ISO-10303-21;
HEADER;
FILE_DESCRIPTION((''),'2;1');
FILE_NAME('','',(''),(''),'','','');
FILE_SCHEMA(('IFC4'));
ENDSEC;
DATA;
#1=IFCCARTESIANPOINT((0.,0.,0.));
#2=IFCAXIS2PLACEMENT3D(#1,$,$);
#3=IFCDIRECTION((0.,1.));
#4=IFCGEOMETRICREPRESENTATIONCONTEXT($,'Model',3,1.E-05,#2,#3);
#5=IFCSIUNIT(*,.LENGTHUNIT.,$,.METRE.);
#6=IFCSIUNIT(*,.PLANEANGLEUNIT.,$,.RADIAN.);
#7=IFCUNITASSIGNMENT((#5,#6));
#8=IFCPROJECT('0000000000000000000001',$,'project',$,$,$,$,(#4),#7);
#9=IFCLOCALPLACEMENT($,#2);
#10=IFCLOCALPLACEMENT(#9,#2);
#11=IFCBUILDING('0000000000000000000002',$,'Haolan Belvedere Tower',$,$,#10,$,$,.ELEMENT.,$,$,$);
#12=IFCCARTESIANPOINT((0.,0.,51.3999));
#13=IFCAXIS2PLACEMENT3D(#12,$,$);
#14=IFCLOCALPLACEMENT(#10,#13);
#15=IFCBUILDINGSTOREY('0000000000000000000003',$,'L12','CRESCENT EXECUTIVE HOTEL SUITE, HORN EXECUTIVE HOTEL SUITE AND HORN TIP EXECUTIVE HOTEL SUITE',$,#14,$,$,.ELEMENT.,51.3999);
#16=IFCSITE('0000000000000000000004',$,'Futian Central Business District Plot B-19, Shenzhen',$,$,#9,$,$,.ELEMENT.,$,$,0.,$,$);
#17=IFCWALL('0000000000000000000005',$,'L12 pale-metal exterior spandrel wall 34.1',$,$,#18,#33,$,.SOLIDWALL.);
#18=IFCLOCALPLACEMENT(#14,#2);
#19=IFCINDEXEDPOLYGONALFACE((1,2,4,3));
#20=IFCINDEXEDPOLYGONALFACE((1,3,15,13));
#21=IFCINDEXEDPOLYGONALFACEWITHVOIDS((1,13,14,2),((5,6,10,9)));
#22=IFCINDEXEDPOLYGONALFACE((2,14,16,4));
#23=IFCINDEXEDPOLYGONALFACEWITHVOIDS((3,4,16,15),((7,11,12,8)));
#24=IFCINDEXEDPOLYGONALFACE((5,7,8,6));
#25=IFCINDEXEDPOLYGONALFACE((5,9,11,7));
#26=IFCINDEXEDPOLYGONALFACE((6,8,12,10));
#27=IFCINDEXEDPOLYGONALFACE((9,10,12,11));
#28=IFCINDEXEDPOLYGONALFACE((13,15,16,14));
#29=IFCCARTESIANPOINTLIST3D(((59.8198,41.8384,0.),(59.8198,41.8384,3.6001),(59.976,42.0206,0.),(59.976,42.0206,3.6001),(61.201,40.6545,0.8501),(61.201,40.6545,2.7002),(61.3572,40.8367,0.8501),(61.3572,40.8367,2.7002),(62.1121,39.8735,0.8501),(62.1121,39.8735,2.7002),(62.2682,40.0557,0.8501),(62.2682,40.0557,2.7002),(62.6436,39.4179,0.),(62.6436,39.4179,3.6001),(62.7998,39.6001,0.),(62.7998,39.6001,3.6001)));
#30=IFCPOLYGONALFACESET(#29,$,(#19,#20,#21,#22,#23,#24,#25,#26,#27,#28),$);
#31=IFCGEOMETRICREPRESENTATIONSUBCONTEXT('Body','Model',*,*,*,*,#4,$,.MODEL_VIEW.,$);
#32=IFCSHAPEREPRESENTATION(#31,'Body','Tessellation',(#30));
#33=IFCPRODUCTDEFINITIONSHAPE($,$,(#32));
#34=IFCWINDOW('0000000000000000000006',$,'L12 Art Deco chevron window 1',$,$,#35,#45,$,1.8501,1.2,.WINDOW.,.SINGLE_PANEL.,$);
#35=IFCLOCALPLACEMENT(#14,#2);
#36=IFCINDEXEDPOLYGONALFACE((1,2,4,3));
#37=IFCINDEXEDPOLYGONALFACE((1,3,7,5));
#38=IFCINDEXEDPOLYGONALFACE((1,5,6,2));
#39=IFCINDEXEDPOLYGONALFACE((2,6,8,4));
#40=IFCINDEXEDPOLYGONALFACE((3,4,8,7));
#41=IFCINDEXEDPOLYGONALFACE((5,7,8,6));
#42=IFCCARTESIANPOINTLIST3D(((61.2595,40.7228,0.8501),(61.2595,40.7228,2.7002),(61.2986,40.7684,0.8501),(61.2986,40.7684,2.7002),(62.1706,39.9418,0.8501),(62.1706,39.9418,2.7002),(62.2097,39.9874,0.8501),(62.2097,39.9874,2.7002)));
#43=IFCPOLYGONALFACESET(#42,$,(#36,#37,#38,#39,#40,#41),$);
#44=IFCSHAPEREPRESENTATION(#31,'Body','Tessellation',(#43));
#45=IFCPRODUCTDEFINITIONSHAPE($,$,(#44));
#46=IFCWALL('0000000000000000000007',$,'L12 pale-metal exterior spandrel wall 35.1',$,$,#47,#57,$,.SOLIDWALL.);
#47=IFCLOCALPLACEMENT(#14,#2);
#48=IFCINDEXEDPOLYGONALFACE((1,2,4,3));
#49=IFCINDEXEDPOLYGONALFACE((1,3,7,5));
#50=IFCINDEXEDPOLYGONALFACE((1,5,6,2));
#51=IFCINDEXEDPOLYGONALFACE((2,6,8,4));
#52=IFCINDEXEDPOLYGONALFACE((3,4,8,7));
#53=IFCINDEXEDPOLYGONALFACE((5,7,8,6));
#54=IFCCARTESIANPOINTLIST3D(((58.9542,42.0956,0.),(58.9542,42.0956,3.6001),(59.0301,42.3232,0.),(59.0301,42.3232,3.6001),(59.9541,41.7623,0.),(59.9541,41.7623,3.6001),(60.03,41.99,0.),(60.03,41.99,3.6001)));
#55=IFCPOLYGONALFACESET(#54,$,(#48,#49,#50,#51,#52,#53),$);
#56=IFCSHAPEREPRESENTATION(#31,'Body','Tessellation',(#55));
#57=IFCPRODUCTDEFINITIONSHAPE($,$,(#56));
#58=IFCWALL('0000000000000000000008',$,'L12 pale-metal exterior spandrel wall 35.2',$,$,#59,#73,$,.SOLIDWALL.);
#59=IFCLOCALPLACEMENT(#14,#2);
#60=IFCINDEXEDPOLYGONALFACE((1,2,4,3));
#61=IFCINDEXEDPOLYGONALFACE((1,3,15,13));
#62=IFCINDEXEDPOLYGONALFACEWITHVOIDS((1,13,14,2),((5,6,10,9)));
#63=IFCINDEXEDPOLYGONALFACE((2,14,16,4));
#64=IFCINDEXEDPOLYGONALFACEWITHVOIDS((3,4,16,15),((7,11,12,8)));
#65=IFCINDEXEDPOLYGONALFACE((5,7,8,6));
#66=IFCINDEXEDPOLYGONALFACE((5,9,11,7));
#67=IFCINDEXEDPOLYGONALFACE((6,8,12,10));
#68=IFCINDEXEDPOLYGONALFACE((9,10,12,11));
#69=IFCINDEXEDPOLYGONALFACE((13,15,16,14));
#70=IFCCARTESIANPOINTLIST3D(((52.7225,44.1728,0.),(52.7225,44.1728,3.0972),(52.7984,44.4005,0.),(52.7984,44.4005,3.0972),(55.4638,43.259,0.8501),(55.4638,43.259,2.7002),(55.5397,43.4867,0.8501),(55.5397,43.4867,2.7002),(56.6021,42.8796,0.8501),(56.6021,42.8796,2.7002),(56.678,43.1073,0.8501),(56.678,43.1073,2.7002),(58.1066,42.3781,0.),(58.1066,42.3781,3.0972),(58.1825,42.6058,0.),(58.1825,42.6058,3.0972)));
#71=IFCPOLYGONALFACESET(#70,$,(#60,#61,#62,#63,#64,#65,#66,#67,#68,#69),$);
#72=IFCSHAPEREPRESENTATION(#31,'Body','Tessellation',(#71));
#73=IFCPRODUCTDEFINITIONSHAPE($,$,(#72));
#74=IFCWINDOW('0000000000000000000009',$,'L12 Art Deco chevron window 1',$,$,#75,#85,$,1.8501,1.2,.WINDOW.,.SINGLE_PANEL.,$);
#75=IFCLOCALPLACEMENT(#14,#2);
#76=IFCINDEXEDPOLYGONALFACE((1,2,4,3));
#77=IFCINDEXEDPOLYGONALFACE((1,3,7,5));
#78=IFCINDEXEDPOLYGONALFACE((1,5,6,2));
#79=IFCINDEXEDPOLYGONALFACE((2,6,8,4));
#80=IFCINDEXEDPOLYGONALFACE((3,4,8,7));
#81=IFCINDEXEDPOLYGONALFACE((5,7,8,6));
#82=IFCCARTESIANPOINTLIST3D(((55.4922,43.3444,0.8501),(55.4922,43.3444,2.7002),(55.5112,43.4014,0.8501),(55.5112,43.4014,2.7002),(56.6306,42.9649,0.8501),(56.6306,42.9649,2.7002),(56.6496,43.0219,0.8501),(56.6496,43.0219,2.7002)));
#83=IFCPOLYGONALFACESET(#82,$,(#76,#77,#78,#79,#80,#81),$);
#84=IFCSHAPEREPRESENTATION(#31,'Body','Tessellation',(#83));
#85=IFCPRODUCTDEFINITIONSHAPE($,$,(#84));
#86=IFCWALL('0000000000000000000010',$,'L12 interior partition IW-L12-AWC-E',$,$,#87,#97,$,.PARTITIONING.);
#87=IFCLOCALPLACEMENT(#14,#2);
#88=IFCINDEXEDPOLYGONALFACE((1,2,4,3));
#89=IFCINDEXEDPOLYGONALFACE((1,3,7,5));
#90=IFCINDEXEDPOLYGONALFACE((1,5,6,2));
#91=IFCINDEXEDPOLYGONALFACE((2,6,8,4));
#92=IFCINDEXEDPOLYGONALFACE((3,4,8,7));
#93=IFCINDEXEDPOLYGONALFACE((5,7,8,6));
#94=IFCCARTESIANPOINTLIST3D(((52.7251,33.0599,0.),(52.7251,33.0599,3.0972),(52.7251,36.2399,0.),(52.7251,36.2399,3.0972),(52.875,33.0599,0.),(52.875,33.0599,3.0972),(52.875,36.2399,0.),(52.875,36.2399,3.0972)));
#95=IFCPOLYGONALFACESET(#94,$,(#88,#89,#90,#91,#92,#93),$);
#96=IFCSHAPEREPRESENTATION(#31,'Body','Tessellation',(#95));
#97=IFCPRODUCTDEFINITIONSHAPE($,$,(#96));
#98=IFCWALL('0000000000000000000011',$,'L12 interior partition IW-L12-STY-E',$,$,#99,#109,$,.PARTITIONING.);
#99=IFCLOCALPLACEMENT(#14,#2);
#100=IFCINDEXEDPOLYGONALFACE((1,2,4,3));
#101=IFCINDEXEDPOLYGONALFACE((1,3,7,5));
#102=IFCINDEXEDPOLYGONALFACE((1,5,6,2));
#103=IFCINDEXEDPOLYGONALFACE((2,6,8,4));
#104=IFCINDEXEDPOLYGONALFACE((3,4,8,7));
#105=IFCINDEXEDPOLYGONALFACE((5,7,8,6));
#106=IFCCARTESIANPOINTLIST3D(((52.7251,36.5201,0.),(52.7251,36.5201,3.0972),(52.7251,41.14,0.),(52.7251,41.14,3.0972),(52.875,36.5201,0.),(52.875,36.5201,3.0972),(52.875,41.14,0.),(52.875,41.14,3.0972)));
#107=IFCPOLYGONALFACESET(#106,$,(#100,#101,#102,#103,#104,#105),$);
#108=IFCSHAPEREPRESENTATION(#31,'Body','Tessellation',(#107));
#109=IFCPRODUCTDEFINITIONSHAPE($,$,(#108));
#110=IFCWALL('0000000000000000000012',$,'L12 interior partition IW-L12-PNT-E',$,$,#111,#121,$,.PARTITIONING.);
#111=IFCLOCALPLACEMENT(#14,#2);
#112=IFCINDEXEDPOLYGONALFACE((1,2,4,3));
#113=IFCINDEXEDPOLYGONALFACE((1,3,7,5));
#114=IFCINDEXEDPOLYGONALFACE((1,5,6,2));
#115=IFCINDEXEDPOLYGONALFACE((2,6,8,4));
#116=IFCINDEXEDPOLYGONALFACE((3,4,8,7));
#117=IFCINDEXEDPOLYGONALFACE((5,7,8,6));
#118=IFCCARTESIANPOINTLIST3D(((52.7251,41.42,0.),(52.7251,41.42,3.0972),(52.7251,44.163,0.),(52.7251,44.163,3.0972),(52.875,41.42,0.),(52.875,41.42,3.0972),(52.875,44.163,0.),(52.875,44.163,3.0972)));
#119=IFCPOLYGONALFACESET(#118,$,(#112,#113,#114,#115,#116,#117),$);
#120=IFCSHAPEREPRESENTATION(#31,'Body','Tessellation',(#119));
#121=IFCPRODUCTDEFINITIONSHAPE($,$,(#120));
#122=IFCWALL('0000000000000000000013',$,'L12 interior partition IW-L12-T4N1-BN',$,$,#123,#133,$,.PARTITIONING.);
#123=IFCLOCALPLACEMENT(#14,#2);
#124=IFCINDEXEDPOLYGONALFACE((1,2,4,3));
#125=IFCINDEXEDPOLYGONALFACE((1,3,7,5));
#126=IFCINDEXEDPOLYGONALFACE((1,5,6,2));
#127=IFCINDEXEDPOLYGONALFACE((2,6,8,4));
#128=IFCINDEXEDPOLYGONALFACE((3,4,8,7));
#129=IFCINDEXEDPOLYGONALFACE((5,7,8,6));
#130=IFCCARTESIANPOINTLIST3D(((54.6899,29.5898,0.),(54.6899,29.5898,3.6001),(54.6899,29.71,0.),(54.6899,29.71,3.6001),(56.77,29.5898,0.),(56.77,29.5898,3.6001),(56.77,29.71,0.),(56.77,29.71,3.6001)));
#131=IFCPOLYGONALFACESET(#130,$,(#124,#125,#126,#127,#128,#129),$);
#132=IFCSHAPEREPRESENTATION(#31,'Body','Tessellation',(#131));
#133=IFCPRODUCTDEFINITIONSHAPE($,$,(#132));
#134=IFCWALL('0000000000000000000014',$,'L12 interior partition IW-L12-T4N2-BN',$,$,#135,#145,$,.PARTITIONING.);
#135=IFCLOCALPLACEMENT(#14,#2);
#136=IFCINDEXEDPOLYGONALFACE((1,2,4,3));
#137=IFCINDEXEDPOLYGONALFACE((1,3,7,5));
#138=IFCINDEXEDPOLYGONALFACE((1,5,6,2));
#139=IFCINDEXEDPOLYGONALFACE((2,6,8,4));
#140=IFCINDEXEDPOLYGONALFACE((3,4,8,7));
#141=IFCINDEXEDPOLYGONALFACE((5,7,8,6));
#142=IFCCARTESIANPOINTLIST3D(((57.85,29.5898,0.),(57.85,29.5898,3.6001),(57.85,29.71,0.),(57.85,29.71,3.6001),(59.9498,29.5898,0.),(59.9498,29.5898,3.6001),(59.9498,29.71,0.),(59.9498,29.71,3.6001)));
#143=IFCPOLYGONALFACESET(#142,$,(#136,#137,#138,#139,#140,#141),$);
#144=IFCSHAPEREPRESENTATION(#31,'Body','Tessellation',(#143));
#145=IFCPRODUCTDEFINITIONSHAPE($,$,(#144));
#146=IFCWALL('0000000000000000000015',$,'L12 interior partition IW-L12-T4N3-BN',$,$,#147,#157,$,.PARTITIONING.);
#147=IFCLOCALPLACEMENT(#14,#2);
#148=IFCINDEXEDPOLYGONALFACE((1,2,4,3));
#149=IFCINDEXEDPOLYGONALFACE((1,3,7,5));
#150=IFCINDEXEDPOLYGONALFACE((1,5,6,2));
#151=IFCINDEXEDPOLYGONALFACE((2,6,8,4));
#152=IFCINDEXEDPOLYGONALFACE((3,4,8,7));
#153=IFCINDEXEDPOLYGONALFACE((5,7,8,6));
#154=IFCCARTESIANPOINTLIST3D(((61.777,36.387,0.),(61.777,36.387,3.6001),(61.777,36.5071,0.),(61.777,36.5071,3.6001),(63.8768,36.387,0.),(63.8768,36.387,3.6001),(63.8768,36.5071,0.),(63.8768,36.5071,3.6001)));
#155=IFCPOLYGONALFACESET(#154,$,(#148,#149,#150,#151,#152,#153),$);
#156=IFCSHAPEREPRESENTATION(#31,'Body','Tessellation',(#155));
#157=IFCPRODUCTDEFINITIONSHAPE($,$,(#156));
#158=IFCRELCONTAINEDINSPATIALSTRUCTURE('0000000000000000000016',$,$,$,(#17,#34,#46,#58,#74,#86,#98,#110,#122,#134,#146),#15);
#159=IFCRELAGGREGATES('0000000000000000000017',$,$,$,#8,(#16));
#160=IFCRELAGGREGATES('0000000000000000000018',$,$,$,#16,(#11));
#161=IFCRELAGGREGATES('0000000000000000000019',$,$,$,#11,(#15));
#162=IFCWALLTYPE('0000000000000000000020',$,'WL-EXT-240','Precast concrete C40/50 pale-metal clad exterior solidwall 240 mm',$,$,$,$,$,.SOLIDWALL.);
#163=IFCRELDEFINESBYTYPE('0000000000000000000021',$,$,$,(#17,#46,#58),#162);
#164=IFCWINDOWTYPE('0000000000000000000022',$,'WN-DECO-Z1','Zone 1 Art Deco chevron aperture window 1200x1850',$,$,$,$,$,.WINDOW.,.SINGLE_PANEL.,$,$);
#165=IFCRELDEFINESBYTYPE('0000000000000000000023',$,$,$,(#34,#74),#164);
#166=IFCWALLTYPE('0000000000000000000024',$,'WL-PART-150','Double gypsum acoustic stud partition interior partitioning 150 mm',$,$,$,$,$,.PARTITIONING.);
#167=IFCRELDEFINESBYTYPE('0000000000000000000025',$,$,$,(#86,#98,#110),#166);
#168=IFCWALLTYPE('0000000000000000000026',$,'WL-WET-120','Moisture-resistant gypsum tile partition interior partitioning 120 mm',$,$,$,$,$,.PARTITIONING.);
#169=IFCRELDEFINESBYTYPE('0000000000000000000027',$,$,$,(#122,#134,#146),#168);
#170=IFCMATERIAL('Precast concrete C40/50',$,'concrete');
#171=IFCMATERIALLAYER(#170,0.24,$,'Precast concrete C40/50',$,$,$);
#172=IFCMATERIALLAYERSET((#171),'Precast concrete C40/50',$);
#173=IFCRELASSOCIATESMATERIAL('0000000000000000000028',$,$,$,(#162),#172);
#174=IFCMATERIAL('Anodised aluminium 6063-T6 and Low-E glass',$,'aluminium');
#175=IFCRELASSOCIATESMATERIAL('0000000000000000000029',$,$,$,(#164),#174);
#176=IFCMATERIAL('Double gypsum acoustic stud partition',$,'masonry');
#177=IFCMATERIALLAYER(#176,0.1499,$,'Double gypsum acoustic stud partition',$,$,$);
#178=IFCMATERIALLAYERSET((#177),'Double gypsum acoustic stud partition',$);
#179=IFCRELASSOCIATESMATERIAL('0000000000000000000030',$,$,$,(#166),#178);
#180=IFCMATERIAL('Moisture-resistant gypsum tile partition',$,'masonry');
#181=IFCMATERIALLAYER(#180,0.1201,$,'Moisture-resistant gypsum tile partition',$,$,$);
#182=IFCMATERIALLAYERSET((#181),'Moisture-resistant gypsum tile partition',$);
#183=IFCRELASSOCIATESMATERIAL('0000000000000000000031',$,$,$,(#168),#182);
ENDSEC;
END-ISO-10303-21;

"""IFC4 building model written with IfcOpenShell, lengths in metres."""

from ifc_helpers import new_model, si_unit, direction, frame, frame_2d, origin, place, context, subcontext, project, spatial, rectangle, extrude, material, layer, layer_set, type_object, element, fill, save


model = new_model("IFC4")

# Units and contexts
model_context = context("Model", 3, precision=1e-05, world=origin(), true_north=direction((0.0, 1.0)))
body_context = subcontext(model_context, "Body", "Model", "MODEL_VIEW")
ifc_project = project(units=[si_unit("LENGTHUNIT", "METRE"), si_unit("PLANEANGLEUNIT", "RADIAN")], contexts=[model_context])

# Site, building, storey
site_placement = place(None, origin())
site = spatial("IfcSite", under=ifc_project, at=site_placement, Name="Futian Central Business District Plot B-19, Shenzhen", CompositionType="ELEMENT", RefElevation=0.0)
building_placement = place(site_placement, origin())
building = spatial("IfcBuilding", under=site, at=building_placement, Name="Haolan Belvedere Tower", CompositionType="ELEMENT")
storey_placement = place(building_placement, frame((0.0, 0.0, 51.3999)))
storey = spatial("IfcBuildingStorey", under=building, at=storey_placement, Name="L12", Description="CRESCENT EXECUTIVE HOTEL SUITE, HORN EXECUTIVE HOTEL SUITE AND HORN TIP EXECUTIVE HOTEL SUITE", CompositionType="ELEMENT", Elevation=51.3999)

# Shared definitions
ifc_material_1 = material(Name="Precast concrete C40/50", Category="concrete")
ifc_layer_1 = layer(ifc_material_1, 0.24, Name="Precast concrete C40/50")
ifc_layer_set_1 = layer_set([ifc_layer_1], Name="Precast concrete C40/50")
wall_type_1 = type_object("IfcWallType", Name="WL-EXT-240", Description="Precast concrete C40/50 pale-metal clad exterior solidwall 240 mm", PredefinedType="SOLIDWALL", material=ifc_layer_set_1)
ifc_material_2 = material(Name="Anodised aluminium 6063-T6 and Low-E glass", Category="aluminium")
window_type = type_object("IfcWindowType", Name="WN-DECO-Z1", Description="Zone 1 Art Deco chevron aperture window 1200x1850", PartitioningType="SINGLE_PANEL", PredefinedType="WINDOW", material=ifc_material_2)

# Wall, opening, window
wall_1_placement = place(storey_placement, frame((62.7217, 39.509, 0.0), z_axis=(0.0, 0.0, 1.0), x_axis=(-0.759247, 0.650802, 0.0)))
wall_1 = element("IfcWall", 1, at=wall_1_placement, inside=storey, type_object=wall_type_1, Name="L12 pale-metal exterior spandrel wall 34.1", PredefinedType="SOLIDWALL", context=body_context, shape_type="SweptSolid", body=[
    extrude(rectangle(XDim=3.7192, YDim=0.24, at=frame_2d((1.8596, 0.0))), origin(), (0.0, 0.0, 1.0), 3.6001),
])
opening_1_placement = place(wall_1_placement, frame((0.7, 0.0, 0.8501)))
opening_1 = element("IfcOpeningElement", 2, at=opening_1_placement, cuts=wall_1, PredefinedType="OPENING", context=body_context, shape_type="SweptSolid", body=[
    extrude(rectangle(XDim=1.2, YDim=1.8501, at=frame_2d((0.6001, 0.925))), frame((0.0, 0.1299, 0.0), z_axis=(0.0, -1.0, 0.0), x_axis=(1.0, 0.0, 0.0)), (0.0, 0.0, 1.0), 0.26),
])
window_1_placement = place(opening_1_placement, origin())
window_1 = element("IfcWindow", 3, at=window_1_placement, inside=storey, type_object=window_type, Name="L12 Art Deco chevron window 1", OverallHeight=1.8501, OverallWidth=1.2, PartitioningType="SINGLE_PANEL", PredefinedType="WINDOW", context=body_context, shape_type="SweptSolid", body=[
    extrude(rectangle(XDim=1.2, YDim=1.8501, at=frame_2d((0.6001, 0.925))), frame((0.0, 0.03, 0.0), z_axis=(0.0, -1.0, 0.0), x_axis=(1.0, 0.0, 0.0)), (0.0, 0.0, 1.0), 0.0601),
])
fill(opening_1, window_1)

# Wall
wall_2_placement = place(storey_placement, frame((59.9919, 41.8762, 0.0), z_axis=(0.0, 0.0, 1.0), x_axis=(-0.948706, 0.316158, 0.0)))
element("IfcWall", 4, at=wall_2_placement, inside=storey, type_object=wall_type_1, Name="L12 pale-metal exterior spandrel wall 35.1", PredefinedType="SOLIDWALL", context=body_context, shape_type="SweptSolid", body=[
    extrude(rectangle(XDim=1.054, YDim=0.24, at=frame_2d((0.5269, 0.0))), origin(), (0.0, 0.0, 1.0), 3.6001),
])

# Wall, opening, window
wall_3_placement = place(storey_placement, frame((58.1445, 42.4919, 0.0), z_axis=(0.0, 0.0, 1.0), x_axis=(-0.948683, 0.316228, 0.0)))
wall_3 = element("IfcWall", 5, at=wall_3_placement, inside=storey, type_object=wall_type_1, Name="L12 pale-metal exterior spandrel wall 35.2", PredefinedType="SOLIDWALL", context=body_context, shape_type="SweptSolid", body=[
    extrude(rectangle(XDim=5.6753, YDim=0.24, at=frame_2d((2.8376, 0.0))), origin(), (0.0, 0.0, 1.0), 3.0972),
])
opening_2_placement = place(wall_3_placement, frame((1.5857, 0.0, 0.8501)))
opening_2 = element("IfcOpeningElement", 6, at=opening_2_placement, cuts=wall_3, PredefinedType="OPENING", context=body_context, shape_type="SweptSolid", body=[
    extrude(rectangle(XDim=1.2, YDim=1.8501, at=frame_2d((0.6001, 0.925))), frame((0.0, 0.1299, 0.0), z_axis=(0.0, -1.0, 0.0), x_axis=(1.0, 0.0, 0.0)), (0.0, 0.0, 1.0), 0.26),
])
window_2_placement = place(opening_2_placement, origin())
window_2 = element("IfcWindow", 7, at=window_2_placement, inside=storey, type_object=window_type, Name="L12 Art Deco chevron window 1", OverallHeight=1.8501, OverallWidth=1.2, PartitioningType="SINGLE_PANEL", PredefinedType="WINDOW", context=body_context, shape_type="SweptSolid", body=[
    extrude(rectangle(XDim=1.2, YDim=1.8501, at=frame_2d((0.6001, 0.925))), frame((0.0, 0.03, 0.0), z_axis=(0.0, -1.0, 0.0), x_axis=(1.0, 0.0, 0.0)), (0.0, 0.0, 1.0), 0.0601),
])
fill(opening_2, window_2)

# Walls
ifc_material_3 = material(Name="Double gypsum acoustic stud partition", Category="masonry")
ifc_layer_2 = layer(ifc_material_3, 0.1499, Name="Double gypsum acoustic stud partition")
ifc_layer_set_2 = layer_set([ifc_layer_2], Name="Double gypsum acoustic stud partition")
wall_type_2 = type_object("IfcWallType", Name="WL-PART-150", Description="Double gypsum acoustic stud partition interior partitioning 150 mm", PredefinedType="PARTITIONING", material=ifc_layer_set_2)
wall_4_placement = place(storey_placement, frame((52.8, 33.0601, 0.0), z_axis=(0.0, 0.0, 1.0), x_axis=(0.0, 1.0, 0.0)))
element("IfcWall", 8, at=wall_4_placement, inside=storey, type_object=wall_type_2, Name="L12 interior partition IW-L12-AWC-E", PredefinedType="PARTITIONING", context=body_context, shape_type="SweptSolid", body=[
    extrude(rectangle(XDim=3.1799, YDim=0.1499, at=frame_2d((1.5898, 0.0))), origin(), (0.0, 0.0, 1.0), 3.0972),
])
wall_5_placement = place(storey_placement, frame((52.8, 36.52, 0.0), z_axis=(0.0, 0.0, 1.0), x_axis=(0.0, 1.0, 0.0)))
element("IfcWall", 9, at=wall_5_placement, inside=storey, type_object=wall_type_2, Name="L12 interior partition IW-L12-STY-E", PredefinedType="PARTITIONING", context=body_context, shape_type="SweptSolid", body=[
    extrude(rectangle(XDim=4.6199, YDim=0.1499, at=frame_2d((2.3101, 0.0))), origin(), (0.0, 0.0, 1.0), 3.0972),
])
wall_6_placement = place(storey_placement, frame((52.8, 41.4199, 0.0), z_axis=(0.0, 0.0, 1.0), x_axis=(0.0, 1.0, 0.0)))
element("IfcWall", 10, at=wall_6_placement, inside=storey, type_object=wall_type_2, Name="L12 interior partition IW-L12-PNT-E", PredefinedType="PARTITIONING", context=body_context, shape_type="SweptSolid", body=[
    extrude(rectangle(XDim=2.7429, YDim=0.1499, at=frame_2d((1.3716, 0.0))), origin(), (0.0, 0.0, 1.0), 3.0972),
])
ifc_material_4 = material(Name="Moisture-resistant gypsum tile partition", Category="masonry")
ifc_layer_3 = layer(ifc_material_4, 0.1201, Name="Moisture-resistant gypsum tile partition")
ifc_layer_set_3 = layer_set([ifc_layer_3], Name="Moisture-resistant gypsum tile partition")
wall_type_3 = type_object("IfcWallType", Name="WL-WET-120", Description="Moisture-resistant gypsum tile partition interior partitioning 120 mm", PredefinedType="PARTITIONING", material=ifc_layer_set_3)
wall_7_placement = place(storey_placement, frame((54.6899, 29.6499, 0.0), z_axis=(0.0, 0.0, 1.0), x_axis=(1.0, 0.0, 0.0)))
element("IfcWall", 11, at=wall_7_placement, inside=storey, type_object=wall_type_3, Name="L12 interior partition IW-L12-T4N1-BN", PredefinedType="PARTITIONING", context=body_context, shape_type="SweptSolid", body=[
    extrude(rectangle(XDim=2.0801, YDim=0.1201, at=frame_2d((1.04, 0.0))), origin(), (0.0, 0.0, 1.0), 3.6001),
])
for number, where, z_axis, x_axis, name in (
    (12, (57.8501, 29.6499, 0.0), (0.0, 0.0, 1.0), (1.0, 0.0, 0.0), "L12 interior partition IW-L12-T4N2-BN"),
    (13, (61.7771, 36.447, 0.0), (0.0, 0.0, 1.0), (1.0, 0.0, 0.0), "L12 interior partition IW-L12-T4N3-BN"),
):
    element("IfcWall", number, at=place(storey_placement, frame(where, z_axis=z_axis, x_axis=x_axis)), inside=storey, type_object=wall_type_3, Name=name, PredefinedType="PARTITIONING", context=body_context, shape_type="SweptSolid", body=[
        extrude(rectangle(XDim=2.0999, YDim=0.1201, at=frame_2d((1.0498, 0.0))), origin(), (0.0, 0.0, 1.0), 3.6001),
    ])

save(model, "model.ifc")
